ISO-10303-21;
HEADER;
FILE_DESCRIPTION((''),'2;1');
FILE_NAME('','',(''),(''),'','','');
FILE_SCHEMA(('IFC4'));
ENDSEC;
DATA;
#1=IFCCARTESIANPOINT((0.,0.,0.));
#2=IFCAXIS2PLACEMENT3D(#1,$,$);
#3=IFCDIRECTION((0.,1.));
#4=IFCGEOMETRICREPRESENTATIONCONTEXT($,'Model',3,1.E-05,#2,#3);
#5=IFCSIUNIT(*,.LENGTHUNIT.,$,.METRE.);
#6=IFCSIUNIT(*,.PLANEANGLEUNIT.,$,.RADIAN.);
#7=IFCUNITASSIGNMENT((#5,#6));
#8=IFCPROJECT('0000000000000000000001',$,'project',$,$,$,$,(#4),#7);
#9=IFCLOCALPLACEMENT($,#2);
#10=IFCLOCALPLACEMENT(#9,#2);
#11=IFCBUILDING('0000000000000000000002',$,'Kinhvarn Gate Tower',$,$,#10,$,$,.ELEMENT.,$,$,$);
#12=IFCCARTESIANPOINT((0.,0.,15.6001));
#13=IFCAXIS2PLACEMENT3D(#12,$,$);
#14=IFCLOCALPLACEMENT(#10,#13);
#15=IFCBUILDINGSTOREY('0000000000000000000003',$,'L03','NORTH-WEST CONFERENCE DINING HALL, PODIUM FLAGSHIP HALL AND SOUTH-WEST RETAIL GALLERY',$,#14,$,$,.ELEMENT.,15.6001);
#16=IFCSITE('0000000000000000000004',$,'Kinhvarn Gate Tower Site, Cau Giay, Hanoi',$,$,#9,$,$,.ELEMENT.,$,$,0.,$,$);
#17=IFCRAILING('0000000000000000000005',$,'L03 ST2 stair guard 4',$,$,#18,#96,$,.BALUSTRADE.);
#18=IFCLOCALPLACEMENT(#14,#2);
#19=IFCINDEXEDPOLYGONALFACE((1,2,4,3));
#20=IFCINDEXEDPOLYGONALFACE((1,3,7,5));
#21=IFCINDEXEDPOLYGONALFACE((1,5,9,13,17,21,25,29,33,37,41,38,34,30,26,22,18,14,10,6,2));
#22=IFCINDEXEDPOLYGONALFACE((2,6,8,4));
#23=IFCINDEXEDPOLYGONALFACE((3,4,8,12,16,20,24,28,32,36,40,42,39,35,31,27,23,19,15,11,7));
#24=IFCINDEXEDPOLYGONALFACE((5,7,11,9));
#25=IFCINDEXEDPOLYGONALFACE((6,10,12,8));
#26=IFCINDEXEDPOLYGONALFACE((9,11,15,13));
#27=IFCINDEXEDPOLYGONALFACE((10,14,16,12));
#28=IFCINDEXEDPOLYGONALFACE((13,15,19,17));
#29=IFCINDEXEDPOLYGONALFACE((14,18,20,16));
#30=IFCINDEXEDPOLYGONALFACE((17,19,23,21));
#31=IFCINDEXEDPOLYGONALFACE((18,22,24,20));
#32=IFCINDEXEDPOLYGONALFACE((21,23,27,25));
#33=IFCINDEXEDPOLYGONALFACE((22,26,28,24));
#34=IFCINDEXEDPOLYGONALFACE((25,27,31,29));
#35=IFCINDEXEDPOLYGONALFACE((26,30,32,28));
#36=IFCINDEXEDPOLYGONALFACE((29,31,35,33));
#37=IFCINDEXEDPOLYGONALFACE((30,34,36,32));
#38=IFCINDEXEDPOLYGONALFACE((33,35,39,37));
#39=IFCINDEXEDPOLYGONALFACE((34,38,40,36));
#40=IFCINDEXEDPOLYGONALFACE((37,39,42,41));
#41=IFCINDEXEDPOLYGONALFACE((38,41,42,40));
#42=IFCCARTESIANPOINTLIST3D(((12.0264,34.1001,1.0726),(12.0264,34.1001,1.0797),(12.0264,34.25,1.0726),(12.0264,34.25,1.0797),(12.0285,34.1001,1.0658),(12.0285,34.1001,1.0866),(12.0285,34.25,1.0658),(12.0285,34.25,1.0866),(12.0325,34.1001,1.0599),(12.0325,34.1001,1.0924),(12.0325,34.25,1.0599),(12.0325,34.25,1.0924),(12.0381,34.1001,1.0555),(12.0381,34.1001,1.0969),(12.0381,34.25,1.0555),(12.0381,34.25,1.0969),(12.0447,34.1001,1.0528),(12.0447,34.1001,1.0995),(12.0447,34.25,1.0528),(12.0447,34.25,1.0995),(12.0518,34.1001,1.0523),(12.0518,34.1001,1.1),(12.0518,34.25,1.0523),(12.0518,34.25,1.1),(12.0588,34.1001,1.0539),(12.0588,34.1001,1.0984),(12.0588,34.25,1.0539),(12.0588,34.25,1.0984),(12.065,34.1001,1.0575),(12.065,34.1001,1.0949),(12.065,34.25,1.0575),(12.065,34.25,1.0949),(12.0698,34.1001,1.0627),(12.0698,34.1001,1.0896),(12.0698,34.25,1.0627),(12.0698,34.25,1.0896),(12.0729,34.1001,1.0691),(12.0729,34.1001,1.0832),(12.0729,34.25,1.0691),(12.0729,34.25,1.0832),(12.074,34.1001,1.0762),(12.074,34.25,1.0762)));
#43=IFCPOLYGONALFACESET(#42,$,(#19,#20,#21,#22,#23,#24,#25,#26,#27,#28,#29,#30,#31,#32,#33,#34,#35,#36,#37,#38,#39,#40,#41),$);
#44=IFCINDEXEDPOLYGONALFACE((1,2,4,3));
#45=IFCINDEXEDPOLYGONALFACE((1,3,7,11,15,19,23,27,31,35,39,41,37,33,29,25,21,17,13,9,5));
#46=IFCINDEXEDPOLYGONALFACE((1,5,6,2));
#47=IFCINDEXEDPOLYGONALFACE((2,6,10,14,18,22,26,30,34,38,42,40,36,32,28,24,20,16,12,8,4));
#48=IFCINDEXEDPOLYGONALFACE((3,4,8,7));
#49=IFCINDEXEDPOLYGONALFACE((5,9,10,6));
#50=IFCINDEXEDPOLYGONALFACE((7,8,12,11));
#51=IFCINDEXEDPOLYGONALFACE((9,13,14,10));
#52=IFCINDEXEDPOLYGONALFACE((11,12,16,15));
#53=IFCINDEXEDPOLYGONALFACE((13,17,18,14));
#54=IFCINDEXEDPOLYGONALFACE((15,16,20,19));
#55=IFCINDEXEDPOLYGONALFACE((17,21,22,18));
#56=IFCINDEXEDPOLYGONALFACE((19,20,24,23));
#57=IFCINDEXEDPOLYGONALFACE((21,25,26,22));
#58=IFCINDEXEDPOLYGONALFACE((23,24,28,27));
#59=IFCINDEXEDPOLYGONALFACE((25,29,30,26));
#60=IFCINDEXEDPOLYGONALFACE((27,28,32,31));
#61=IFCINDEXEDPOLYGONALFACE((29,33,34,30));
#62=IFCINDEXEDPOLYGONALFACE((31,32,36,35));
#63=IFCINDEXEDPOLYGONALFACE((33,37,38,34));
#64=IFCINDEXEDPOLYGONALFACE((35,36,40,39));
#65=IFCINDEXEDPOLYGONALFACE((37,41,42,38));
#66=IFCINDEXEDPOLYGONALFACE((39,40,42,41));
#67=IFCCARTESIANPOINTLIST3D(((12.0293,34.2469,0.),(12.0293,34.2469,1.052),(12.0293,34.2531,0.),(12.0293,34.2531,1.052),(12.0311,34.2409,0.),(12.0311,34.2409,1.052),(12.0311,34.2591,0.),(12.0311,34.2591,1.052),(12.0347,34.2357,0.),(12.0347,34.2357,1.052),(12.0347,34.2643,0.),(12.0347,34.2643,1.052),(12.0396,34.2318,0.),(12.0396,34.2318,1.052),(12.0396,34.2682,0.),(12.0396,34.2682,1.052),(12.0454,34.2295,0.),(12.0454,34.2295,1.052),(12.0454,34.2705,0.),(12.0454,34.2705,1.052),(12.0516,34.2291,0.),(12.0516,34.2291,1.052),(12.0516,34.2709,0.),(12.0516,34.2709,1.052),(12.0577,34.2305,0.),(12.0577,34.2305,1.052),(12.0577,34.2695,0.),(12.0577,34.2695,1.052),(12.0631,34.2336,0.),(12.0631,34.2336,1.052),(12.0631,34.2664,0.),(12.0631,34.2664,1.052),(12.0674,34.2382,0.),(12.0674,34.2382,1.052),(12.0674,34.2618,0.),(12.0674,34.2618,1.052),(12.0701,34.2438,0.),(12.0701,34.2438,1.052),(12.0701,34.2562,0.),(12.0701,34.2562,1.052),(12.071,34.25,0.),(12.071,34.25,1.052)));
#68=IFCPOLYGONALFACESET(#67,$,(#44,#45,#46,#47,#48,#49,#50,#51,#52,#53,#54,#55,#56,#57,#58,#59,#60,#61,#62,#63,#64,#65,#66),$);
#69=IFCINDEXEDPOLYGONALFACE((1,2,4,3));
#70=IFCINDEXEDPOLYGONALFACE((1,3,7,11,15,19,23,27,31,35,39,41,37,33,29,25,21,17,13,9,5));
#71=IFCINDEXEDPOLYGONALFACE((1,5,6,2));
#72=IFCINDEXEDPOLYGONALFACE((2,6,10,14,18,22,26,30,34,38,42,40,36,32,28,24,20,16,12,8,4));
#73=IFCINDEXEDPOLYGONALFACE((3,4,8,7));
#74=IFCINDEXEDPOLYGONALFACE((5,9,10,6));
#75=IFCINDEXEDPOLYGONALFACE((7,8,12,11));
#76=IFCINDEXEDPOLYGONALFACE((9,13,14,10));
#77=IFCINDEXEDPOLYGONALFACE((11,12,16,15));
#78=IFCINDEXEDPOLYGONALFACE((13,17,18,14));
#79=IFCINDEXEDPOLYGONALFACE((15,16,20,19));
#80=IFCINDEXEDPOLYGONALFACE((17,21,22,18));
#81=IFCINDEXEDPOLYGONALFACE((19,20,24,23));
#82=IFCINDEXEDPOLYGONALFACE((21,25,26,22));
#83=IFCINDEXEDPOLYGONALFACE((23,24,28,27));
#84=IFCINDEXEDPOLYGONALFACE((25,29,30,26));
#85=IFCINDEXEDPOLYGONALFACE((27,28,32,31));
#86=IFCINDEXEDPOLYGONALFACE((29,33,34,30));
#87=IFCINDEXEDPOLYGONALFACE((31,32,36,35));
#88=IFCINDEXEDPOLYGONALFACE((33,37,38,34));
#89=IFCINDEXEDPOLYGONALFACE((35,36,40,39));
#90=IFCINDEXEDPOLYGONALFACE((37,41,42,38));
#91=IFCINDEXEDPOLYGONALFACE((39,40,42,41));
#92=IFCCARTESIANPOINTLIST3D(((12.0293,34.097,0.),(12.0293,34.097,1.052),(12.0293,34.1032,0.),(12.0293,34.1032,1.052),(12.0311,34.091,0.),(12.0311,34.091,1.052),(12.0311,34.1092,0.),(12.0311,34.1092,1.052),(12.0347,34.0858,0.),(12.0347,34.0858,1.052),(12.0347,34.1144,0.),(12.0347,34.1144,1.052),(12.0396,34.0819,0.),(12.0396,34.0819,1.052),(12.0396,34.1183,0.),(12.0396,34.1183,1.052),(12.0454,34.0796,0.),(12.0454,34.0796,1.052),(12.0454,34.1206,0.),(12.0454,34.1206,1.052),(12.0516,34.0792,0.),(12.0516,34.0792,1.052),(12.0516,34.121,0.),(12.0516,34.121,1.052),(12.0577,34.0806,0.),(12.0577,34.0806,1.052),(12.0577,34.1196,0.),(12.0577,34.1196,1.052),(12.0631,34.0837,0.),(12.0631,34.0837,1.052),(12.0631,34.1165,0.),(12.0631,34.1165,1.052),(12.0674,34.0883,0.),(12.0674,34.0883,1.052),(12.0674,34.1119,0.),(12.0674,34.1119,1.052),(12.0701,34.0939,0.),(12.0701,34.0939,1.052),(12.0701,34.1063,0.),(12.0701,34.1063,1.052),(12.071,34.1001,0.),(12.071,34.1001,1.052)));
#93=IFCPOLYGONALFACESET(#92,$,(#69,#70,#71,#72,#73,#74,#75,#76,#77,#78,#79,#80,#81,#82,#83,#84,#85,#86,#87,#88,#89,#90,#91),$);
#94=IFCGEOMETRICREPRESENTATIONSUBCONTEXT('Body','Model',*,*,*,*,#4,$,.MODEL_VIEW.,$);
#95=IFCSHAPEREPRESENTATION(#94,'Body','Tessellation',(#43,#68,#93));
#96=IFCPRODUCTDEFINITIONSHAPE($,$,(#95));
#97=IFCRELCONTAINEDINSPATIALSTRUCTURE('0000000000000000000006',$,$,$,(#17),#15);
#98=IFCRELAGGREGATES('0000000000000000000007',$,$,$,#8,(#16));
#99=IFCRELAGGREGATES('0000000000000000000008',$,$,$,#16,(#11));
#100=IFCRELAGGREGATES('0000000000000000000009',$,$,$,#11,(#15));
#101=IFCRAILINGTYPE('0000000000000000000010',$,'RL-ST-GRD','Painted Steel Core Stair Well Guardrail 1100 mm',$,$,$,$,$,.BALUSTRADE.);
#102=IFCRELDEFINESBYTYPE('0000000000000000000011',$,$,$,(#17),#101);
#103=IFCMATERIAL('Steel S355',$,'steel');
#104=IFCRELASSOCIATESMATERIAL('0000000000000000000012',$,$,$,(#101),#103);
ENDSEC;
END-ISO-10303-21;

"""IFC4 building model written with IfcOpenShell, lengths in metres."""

from ifc_helpers import new_model, si_unit, direction, frame, origin, origin_2d, place, context, subcontext, project, spatial, circle, extrude, material, type_object, element, save


model = new_model("IFC4")

# Units and contexts
model_context = context("Model", 3, precision=1e-05, world=origin(), true_north=direction((0.0, 1.0)))
body_context = subcontext(model_context, "Body", "Model", "MODEL_VIEW")
ifc_project = project(units=[si_unit("LENGTHUNIT", "METRE"), si_unit("PLANEANGLEUNIT", "RADIAN")], contexts=[model_context])

# Site, building, storey
site_placement = place(None, origin())
site = spatial("IfcSite", under=ifc_project, at=site_placement, Name="Kinhvarn Gate Tower Site, Cau Giay, Hanoi", CompositionType="ELEMENT", RefElevation=0.0)
building_placement = place(site_placement, origin())
building = spatial("IfcBuilding", under=site, at=building_placement, Name="Kinhvarn Gate Tower", CompositionType="ELEMENT")
storey_placement = place(building_placement, frame((0.0, 0.0, 15.6001)))
storey = spatial("IfcBuildingStorey", under=building, at=storey_placement, Name="L03", Description="NORTH-WEST CONFERENCE DINING HALL, PODIUM FLAGSHIP HALL AND SOUTH-WEST RETAIL GALLERY", CompositionType="ELEMENT", Elevation=15.6001)

# Shared definitions
ifc_material_1 = material(Name="Steel S355", Category="steel")

# Railing
railing_type_1 = type_object("IfcRailingType", Name="RL-ST-GRD", Description="Painted Steel Core Stair Well Guardrail 1100 mm", PredefinedType="BALUSTRADE", material=ifc_material_1)
railing_1_placement = place(storey_placement, frame((12.05, 34.25, 0.0)))
element("IfcRailing", 1, at=railing_1_placement, inside=storey, type_object=railing_type_1, Name="L03 ST2 stair guard 4", PredefinedType="BALUSTRADE", context=body_context, shape_type="SweptSolid", body=[
    extrude(circle(Radius=0.0239, at=origin_2d()), frame((0.0, 0.0, 1.0762), z_axis=(0.0, -1.0, 0.0), x_axis=(1.0, 0.0, 0.0)), (0.0, 0.0, 1.0), 0.1499),
    extrude(circle(Radius=0.021, at=origin_2d()), origin(), (0.0, 0.0, 1.0), 1.052),
    extrude(circle(Radius=0.021, at=origin_2d()), frame((0.0, -0.1499, 0.0)), (0.0, 0.0, 1.0), 1.052),
])

save(model, "model.ifc")
